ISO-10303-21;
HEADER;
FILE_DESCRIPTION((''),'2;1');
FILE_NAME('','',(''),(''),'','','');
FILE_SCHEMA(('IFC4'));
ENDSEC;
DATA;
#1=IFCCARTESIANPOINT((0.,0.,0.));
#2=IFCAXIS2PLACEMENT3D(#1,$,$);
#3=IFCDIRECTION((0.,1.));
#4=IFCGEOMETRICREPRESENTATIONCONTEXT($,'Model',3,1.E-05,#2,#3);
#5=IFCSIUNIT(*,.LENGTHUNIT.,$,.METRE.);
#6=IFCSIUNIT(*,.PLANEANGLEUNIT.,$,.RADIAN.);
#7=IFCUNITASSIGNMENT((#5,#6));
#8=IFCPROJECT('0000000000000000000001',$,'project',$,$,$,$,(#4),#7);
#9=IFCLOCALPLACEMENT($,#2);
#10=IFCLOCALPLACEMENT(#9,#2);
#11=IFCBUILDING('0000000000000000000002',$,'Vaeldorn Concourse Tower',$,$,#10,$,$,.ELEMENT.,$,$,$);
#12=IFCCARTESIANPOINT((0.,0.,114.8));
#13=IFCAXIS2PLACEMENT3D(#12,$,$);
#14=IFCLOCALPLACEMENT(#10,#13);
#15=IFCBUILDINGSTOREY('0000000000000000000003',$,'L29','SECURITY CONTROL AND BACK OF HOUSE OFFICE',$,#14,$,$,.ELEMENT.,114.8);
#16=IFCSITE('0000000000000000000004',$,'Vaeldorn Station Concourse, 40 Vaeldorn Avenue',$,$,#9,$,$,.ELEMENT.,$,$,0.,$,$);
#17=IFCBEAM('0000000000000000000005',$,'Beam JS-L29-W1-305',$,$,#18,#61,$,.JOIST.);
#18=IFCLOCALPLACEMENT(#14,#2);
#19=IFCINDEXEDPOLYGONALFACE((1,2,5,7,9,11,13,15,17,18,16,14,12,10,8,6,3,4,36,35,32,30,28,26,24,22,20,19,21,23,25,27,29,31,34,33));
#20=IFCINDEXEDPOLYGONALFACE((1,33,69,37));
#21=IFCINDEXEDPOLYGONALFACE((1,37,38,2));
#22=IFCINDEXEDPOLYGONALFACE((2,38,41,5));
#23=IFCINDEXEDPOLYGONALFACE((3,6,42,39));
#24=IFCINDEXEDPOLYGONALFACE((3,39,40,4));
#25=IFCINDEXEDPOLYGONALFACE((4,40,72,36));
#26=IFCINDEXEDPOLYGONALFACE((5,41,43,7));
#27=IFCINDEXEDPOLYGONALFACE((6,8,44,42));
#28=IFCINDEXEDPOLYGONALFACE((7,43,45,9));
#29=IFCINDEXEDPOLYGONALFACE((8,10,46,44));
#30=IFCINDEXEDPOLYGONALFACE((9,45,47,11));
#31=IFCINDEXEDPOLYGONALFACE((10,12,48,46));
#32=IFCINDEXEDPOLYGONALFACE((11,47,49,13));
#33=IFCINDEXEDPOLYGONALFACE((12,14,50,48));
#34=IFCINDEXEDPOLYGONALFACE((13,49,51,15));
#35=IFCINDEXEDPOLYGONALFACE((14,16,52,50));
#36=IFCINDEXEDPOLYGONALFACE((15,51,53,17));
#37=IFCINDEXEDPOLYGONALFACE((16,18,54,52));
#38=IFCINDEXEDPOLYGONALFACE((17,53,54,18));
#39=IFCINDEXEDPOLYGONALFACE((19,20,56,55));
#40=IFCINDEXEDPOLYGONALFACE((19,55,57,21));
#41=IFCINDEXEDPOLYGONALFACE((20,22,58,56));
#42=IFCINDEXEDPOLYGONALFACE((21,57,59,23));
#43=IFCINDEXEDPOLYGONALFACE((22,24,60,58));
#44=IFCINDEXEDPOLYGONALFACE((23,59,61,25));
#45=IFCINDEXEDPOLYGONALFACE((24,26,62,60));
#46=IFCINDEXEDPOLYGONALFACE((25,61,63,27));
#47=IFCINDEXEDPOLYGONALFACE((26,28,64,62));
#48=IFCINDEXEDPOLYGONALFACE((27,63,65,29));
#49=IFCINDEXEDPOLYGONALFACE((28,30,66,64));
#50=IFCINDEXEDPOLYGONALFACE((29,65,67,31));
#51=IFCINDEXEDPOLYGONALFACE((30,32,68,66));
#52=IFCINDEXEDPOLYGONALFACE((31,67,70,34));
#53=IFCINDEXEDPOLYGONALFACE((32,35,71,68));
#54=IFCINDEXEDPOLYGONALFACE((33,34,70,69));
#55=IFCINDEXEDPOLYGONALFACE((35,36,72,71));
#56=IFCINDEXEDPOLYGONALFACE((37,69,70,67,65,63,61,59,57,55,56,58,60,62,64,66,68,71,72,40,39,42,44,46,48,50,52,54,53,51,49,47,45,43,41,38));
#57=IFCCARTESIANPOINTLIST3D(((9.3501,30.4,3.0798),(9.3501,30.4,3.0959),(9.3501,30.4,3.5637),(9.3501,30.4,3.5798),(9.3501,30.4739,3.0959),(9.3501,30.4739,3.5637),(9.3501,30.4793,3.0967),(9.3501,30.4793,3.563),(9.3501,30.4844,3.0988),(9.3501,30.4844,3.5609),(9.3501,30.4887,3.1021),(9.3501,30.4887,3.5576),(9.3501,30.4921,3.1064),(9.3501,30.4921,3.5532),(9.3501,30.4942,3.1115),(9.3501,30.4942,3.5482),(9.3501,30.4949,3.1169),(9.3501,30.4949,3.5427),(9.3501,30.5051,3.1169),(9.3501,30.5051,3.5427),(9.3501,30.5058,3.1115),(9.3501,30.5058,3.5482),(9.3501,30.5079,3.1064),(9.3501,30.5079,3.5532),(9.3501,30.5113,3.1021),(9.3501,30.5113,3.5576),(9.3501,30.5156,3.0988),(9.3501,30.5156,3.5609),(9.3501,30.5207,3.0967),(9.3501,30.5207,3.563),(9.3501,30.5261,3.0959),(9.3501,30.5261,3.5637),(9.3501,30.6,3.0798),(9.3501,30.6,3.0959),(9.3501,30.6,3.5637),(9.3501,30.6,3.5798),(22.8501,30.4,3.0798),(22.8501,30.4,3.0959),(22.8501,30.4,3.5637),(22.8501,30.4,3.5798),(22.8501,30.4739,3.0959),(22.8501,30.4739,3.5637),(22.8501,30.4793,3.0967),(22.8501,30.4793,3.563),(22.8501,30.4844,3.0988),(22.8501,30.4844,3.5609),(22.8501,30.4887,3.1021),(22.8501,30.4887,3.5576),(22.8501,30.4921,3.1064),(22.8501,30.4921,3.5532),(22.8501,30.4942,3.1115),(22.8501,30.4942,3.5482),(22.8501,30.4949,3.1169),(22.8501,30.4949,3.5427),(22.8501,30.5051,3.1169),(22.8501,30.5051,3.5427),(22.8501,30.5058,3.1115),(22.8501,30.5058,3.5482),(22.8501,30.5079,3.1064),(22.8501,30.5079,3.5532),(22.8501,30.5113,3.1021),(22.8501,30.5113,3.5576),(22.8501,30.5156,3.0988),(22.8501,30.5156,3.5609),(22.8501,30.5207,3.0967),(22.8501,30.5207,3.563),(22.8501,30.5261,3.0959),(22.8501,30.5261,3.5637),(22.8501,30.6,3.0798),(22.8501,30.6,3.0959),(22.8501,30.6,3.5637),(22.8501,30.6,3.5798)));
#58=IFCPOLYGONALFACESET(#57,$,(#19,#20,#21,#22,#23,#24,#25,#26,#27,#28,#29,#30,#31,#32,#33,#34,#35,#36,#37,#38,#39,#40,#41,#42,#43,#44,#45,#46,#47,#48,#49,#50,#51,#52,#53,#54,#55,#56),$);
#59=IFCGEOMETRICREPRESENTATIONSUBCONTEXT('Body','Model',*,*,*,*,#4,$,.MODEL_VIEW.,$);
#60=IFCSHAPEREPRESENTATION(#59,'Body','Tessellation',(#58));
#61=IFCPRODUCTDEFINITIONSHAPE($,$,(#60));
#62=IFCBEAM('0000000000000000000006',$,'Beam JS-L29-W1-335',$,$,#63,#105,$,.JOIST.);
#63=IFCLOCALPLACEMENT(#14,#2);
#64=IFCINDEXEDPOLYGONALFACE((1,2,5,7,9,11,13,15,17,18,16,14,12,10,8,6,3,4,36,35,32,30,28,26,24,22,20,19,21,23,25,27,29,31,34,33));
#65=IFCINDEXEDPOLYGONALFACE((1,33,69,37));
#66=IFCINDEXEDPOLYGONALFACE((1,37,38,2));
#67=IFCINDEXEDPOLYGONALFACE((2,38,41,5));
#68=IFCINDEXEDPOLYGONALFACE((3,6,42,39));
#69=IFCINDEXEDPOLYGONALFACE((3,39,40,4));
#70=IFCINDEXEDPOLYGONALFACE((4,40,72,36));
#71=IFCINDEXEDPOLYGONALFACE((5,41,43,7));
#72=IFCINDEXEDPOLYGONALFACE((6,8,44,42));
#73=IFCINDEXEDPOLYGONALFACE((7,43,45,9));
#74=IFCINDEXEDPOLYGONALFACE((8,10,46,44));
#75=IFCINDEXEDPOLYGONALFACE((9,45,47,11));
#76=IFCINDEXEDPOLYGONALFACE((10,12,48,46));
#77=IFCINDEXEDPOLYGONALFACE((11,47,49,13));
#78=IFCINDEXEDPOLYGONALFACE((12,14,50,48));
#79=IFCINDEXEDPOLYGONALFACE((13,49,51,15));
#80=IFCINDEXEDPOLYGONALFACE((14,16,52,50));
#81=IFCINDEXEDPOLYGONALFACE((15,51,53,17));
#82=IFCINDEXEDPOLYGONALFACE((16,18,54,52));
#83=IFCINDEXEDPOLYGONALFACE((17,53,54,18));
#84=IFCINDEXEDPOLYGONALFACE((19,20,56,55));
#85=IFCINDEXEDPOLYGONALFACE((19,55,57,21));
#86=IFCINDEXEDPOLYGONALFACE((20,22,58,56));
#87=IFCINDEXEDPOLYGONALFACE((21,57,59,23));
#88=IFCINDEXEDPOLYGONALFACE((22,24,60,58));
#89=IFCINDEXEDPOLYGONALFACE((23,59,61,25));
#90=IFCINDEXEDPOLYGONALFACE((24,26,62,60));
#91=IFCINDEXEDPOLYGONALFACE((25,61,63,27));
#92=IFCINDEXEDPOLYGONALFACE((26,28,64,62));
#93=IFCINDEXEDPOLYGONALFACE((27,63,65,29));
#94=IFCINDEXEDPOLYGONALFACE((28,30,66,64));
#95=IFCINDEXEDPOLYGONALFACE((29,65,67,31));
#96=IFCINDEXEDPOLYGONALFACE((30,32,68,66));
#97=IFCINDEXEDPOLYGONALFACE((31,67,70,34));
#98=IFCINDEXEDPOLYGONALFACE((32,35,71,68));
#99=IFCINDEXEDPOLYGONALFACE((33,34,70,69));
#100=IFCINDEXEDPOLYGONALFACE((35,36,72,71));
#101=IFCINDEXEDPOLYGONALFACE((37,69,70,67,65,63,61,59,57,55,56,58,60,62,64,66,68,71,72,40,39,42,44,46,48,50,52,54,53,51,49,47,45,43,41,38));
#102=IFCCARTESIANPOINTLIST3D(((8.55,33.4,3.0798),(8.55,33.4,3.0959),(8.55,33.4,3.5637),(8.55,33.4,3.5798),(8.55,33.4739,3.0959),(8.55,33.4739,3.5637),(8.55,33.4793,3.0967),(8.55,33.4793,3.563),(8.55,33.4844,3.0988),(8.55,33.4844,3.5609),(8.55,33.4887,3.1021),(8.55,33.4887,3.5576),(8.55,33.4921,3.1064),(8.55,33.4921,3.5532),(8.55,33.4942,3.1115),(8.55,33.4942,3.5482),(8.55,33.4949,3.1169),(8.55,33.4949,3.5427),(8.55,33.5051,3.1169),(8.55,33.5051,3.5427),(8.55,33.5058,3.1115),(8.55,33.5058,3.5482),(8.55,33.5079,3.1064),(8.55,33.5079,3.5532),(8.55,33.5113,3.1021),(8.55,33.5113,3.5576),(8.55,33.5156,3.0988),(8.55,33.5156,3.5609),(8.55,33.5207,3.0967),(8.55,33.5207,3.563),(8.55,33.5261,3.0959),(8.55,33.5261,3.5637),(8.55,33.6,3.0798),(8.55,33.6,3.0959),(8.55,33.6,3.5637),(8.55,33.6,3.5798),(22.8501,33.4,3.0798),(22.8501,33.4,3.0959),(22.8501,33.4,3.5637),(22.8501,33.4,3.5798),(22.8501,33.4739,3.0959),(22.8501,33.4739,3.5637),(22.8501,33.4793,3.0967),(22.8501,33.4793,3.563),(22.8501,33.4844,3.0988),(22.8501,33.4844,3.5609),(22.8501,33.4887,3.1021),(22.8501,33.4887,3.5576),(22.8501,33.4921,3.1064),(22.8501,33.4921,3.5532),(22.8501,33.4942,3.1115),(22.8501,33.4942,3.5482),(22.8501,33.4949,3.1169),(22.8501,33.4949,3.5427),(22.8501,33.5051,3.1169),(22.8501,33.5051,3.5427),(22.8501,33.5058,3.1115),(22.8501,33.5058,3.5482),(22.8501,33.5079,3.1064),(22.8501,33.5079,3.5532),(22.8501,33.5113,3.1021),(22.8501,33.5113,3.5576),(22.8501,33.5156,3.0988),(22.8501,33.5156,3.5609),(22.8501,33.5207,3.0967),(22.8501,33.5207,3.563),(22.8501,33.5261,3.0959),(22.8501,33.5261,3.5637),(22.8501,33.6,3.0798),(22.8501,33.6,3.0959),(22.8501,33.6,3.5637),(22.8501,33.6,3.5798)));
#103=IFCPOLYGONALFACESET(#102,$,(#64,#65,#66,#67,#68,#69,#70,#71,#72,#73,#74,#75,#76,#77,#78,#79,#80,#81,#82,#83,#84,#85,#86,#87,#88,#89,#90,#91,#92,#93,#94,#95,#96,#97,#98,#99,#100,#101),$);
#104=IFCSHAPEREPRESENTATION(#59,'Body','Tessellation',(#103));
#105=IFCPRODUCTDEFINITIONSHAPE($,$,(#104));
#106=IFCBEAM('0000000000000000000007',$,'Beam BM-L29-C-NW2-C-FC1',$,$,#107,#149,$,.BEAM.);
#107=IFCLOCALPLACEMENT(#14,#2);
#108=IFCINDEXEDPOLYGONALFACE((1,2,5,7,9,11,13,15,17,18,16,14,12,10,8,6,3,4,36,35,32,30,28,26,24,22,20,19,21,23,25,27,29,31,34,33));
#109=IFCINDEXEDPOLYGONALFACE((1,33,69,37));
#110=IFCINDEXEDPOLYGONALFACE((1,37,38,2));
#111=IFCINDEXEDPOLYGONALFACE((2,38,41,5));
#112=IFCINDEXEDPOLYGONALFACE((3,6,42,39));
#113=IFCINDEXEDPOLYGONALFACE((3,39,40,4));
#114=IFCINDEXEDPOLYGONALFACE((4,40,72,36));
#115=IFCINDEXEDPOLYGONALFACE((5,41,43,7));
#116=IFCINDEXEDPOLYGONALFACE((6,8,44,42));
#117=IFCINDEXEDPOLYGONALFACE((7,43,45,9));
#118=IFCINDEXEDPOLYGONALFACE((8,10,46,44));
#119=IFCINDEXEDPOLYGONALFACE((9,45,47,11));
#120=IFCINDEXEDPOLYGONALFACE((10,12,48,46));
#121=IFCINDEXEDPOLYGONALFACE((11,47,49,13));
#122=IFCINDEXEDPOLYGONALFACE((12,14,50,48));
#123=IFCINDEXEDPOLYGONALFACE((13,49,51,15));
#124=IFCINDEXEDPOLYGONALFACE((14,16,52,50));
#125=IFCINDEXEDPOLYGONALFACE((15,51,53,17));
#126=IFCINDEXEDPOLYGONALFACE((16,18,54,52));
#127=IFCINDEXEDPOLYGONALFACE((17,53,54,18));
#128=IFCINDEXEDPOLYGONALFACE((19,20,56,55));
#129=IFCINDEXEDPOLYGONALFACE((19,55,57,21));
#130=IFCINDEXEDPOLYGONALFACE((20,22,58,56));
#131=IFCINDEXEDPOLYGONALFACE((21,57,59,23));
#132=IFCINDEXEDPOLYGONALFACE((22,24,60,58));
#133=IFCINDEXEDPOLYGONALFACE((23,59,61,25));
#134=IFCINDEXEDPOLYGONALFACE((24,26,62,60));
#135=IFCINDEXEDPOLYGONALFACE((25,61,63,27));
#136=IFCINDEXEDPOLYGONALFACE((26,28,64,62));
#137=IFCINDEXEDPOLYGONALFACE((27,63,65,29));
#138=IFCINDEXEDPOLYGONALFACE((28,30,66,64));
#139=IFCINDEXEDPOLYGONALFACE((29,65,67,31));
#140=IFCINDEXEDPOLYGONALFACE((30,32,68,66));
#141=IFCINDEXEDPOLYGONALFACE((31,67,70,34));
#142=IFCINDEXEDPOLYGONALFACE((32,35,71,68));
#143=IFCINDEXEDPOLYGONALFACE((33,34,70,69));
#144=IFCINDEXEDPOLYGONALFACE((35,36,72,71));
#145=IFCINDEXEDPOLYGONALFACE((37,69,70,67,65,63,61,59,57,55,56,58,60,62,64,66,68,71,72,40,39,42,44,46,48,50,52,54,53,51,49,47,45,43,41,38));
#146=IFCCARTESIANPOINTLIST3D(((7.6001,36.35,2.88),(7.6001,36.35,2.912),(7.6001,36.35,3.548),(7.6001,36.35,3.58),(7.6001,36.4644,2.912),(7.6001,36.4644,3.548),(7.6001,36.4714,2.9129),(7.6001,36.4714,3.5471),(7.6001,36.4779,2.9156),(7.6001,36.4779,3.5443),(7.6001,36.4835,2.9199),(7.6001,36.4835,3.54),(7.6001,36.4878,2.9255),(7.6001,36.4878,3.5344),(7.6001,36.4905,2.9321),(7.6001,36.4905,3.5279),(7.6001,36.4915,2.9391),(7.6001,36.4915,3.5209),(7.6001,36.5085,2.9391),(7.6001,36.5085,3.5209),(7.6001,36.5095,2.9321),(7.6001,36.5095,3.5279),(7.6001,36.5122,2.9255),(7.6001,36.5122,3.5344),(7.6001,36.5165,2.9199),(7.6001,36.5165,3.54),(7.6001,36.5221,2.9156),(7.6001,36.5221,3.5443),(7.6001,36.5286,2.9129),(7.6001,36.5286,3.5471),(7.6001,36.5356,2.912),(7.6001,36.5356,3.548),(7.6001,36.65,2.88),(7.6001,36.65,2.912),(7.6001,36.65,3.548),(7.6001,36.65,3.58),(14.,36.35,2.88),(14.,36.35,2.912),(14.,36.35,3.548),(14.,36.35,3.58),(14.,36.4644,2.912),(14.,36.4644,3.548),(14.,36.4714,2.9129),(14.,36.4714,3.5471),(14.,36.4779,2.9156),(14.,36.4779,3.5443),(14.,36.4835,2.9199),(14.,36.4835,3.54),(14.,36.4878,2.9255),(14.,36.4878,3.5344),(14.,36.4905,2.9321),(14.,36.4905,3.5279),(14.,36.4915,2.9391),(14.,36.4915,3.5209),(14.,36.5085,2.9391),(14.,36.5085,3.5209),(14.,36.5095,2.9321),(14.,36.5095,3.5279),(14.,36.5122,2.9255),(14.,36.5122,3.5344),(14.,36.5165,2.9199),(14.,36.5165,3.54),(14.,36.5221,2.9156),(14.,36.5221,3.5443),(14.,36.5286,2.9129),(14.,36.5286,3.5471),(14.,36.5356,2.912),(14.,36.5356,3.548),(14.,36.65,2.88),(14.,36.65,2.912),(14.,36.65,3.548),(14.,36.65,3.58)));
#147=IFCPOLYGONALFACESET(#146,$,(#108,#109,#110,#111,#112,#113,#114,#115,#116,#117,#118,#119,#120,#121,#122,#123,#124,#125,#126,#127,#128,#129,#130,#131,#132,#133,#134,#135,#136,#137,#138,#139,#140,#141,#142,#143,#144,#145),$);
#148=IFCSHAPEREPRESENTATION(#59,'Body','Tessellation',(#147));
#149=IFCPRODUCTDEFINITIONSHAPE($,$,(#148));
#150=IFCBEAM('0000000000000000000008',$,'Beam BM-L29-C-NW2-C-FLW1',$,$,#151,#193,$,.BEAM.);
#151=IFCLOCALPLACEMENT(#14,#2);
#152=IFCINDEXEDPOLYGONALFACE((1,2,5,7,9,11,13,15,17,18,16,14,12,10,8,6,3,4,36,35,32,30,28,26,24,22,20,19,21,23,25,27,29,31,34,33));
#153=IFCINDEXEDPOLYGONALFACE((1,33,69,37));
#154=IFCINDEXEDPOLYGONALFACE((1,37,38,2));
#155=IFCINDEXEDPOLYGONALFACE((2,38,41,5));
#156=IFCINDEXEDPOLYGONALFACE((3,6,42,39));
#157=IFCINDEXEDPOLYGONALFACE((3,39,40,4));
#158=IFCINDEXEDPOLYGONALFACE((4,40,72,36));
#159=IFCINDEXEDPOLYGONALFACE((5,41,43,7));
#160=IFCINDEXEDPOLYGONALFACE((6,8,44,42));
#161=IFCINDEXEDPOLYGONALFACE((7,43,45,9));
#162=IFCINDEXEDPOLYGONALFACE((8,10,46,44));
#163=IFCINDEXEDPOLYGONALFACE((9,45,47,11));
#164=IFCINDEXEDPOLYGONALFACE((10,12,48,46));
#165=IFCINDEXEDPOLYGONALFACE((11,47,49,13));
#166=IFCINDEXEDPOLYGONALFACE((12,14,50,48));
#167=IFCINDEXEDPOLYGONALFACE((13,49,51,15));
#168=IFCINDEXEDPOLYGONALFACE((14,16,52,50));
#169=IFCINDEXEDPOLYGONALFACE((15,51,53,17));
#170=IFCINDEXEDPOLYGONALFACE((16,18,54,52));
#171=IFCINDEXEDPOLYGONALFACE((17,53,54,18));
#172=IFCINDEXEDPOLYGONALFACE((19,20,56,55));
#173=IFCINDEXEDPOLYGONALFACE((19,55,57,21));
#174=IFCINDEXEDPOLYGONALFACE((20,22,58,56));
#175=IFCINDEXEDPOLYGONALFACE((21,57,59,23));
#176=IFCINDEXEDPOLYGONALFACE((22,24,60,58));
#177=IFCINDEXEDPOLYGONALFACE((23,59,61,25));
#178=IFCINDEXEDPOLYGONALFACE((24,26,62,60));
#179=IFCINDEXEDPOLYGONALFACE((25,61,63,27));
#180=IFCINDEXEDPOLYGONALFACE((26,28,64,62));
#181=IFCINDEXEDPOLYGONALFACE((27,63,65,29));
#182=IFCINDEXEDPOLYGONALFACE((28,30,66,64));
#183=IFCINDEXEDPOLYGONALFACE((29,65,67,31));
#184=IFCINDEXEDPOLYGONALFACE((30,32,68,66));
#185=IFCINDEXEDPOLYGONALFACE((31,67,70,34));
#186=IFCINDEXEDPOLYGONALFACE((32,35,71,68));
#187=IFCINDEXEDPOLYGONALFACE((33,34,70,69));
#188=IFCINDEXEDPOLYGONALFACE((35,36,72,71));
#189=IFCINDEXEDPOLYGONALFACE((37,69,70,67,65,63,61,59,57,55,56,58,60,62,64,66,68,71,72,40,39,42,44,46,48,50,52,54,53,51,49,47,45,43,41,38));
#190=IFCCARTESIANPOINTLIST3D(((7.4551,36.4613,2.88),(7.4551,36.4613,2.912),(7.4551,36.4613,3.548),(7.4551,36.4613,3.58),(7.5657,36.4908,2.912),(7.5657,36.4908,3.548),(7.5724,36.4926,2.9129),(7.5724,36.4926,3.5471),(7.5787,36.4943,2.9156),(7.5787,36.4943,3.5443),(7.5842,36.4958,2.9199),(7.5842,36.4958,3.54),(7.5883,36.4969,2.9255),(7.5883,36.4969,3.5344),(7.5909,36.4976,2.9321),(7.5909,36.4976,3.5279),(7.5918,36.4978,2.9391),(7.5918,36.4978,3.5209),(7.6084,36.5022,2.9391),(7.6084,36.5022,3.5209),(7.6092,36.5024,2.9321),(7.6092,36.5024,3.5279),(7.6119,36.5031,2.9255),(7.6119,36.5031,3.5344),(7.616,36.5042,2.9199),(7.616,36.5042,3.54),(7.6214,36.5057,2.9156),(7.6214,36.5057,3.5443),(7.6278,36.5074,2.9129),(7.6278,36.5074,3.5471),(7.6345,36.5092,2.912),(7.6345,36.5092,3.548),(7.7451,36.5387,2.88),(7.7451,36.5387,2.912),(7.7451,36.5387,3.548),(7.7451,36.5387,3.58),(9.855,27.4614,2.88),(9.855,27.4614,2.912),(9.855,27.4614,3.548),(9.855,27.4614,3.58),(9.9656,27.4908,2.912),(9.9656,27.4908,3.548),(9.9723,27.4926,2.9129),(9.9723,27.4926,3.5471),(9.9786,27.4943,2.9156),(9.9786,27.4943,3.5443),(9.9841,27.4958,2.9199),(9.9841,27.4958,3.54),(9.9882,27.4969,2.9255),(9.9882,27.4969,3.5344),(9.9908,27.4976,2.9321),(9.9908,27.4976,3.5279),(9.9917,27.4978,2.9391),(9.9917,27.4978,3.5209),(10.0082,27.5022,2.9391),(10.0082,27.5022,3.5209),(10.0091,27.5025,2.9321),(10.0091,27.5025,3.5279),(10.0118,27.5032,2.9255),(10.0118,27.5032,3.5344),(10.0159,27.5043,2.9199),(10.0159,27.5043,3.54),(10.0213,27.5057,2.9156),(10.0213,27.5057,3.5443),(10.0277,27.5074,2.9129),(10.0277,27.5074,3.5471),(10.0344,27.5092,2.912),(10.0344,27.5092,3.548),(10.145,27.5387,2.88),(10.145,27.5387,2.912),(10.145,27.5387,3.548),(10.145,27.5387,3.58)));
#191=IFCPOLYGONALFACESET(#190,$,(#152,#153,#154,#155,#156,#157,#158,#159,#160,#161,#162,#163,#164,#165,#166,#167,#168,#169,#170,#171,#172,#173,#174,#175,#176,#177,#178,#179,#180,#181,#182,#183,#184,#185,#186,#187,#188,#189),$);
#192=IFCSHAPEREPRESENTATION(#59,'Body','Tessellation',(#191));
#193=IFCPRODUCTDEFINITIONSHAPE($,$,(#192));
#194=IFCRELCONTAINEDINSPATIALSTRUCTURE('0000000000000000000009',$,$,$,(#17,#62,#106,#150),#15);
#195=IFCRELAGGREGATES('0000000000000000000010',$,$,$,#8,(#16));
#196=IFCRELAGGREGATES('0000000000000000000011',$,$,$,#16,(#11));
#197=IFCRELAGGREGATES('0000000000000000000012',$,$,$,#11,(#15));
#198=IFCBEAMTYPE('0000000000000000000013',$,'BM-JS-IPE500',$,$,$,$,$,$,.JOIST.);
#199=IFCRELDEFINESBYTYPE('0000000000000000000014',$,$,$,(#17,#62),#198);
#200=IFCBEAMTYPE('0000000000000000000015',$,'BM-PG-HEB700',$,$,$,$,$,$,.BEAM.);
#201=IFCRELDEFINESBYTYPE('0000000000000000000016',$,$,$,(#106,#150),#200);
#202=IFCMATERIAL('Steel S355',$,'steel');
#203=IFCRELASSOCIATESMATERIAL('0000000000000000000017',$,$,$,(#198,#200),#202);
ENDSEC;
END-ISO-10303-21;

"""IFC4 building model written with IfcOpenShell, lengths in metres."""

from ifc_helpers import new_model, si_unit, direction, frame, origin, origin_2d, place, context, subcontext, project, spatial, i_section, extrude, source, transform, mapped, material, material_profile, profile_set, type_object, element, save


model = new_model("IFC4")

# Units and contexts
model_context = context("Model", 3, precision=1e-05, world=origin(), true_north=direction((0.0, 1.0)))
body_context = subcontext(model_context, "Body", "Model", "MODEL_VIEW")
ifc_project = project(units=[si_unit("LENGTHUNIT", "METRE"), si_unit("PLANEANGLEUNIT", "RADIAN")], contexts=[model_context])

# Site, building, storey
site_placement = place(None, origin())
site = spatial("IfcSite", under=ifc_project, at=site_placement, Name="Vaeldorn Station Concourse, 40 Vaeldorn Avenue", CompositionType="ELEMENT", RefElevation=0.0)
building_placement = place(site_placement, origin())
building = spatial("IfcBuilding", under=site, at=building_placement, Name="Vaeldorn Concourse Tower", CompositionType="ELEMENT")
storey_placement = place(building_placement, frame((0.0, 0.0, 114.8)))
storey = spatial("IfcBuildingStorey", under=building, at=storey_placement, Name="L29", Description="SECURITY CONTROL AND BACK OF HOUSE OFFICE", CompositionType="ELEMENT", Elevation=114.8)

# Beams
ifc_material_1 = material(Name="Steel S355", Category="steel")
ifc_material_profile_1 = material_profile(ifc_material_1, i_section(OverallWidth=0.2, OverallDepth=0.5, WebThickness=0.0103, FlangeThickness=0.0161, FilletRadius=0.021, at=origin_2d()), Name="IPE 500")
ifc_profile_set_1 = profile_set([ifc_material_profile_1], Name="Steel S355")
beam_type_1 = type_object("IfcBeamType", Name="BM-JS-IPE500", PredefinedType="JOIST", material=ifc_profile_set_1)
shared_shape_1 = source(origin(), body_context, "Body", "SweptSolid", [
    extrude(i_section(OverallWidth=0.2, OverallDepth=0.5, WebThickness=0.0103, FlangeThickness=0.0161, FilletRadius=0.021, at=origin_2d()), origin(), (0.0, 0.0, 1.0), 13.5),
])
beam_1_placement = place(storey_placement, frame((9.3501, 30.5, 3.3298), z_axis=(1.0, 0.0, 0.0), x_axis=(0.0, 1.0, 0.0)))
element("IfcBeam", 1, at=beam_1_placement, inside=storey, type_object=beam_type_1, Name="Beam JS-L29-W1-305", PredefinedType="JOIST", context=body_context, shape_type="MappedRepresentation", body=[
    mapped(shared_shape_1, transform((0.0, 0.0, 0.0), scale=1.0)),
])
shared_shape_2 = source(origin(), body_context, "Body", "SweptSolid", [
    extrude(i_section(OverallWidth=0.2, OverallDepth=0.5, WebThickness=0.0103, FlangeThickness=0.0161, FilletRadius=0.021, at=origin_2d()), origin(), (0.0, 0.0, 1.0), 14.3),
])
beam_2_placement = place(storey_placement, frame((8.55, 33.5, 3.3298), z_axis=(1.0, 0.0, 0.0), x_axis=(0.0, 1.0, 0.0)))
element("IfcBeam", 2, at=beam_2_placement, inside=storey, type_object=beam_type_1, Name="Beam JS-L29-W1-335", PredefinedType="JOIST", context=body_context, shape_type="MappedRepresentation", body=[
    mapped(shared_shape_2, transform((0.0, 0.0, 0.0), scale=1.0)),
])
ifc_material_profile_2 = material_profile(ifc_material_1, i_section(OverallWidth=0.3, OverallDepth=0.7, WebThickness=0.0171, FlangeThickness=0.032, FilletRadius=0.0271, at=origin_2d()), Name="HEB 700")
ifc_profile_set_2 = profile_set([ifc_material_profile_2], Name="Steel S355")
beam_type_2 = type_object("IfcBeamType", Name="BM-PG-HEB700", PredefinedType="BEAM", material=ifc_profile_set_2)
shared_shape_3 = source(origin(), body_context, "Body", "SweptSolid", [
    extrude(i_section(OverallWidth=0.3, OverallDepth=0.7, WebThickness=0.0171, FlangeThickness=0.032, FilletRadius=0.0271, at=origin_2d()), origin(), (0.0, 0.0, 1.0), 6.3999),
])
beam_3_placement = place(storey_placement, frame((7.6001, 36.5, 3.23), z_axis=(1.0, 0.0, 0.0), x_axis=(0.0, 1.0, 0.0)))
element("IfcBeam", 3, at=beam_3_placement, inside=storey, type_object=beam_type_2, Name="Beam BM-L29-C-NW2-C-FC1", PredefinedType="BEAM", context=body_context, shape_type="MappedRepresentation", body=[
    mapped(shared_shape_3, transform((0.0, 0.0, 0.0), scale=1.0)),
])
shared_shape_4 = source(origin(), body_context, "Body", "SweptSolid", [
    extrude(i_section(OverallWidth=0.3, OverallDepth=0.7, WebThickness=0.0171, FlangeThickness=0.032, FilletRadius=0.0271, at=origin_2d()), origin(), (0.0, 0.0, 1.0), 9.3145),
])
beam_4_placement = place(storey_placement, frame((7.6001, 36.5, 3.23), z_axis=(0.257653, -0.966238, 0.0), x_axis=(0.966238, 0.257653, 0.0)))
element("IfcBeam", 4, at=beam_4_placement, inside=storey, type_object=beam_type_2, Name="Beam BM-L29-C-NW2-C-FLW1", PredefinedType="BEAM", context=body_context, shape_type="MappedRepresentation", body=[
    mapped(shared_shape_4, transform((0.0, 0.0, 0.0), scale=1.0)),
])

save(model, "model.ifc")
